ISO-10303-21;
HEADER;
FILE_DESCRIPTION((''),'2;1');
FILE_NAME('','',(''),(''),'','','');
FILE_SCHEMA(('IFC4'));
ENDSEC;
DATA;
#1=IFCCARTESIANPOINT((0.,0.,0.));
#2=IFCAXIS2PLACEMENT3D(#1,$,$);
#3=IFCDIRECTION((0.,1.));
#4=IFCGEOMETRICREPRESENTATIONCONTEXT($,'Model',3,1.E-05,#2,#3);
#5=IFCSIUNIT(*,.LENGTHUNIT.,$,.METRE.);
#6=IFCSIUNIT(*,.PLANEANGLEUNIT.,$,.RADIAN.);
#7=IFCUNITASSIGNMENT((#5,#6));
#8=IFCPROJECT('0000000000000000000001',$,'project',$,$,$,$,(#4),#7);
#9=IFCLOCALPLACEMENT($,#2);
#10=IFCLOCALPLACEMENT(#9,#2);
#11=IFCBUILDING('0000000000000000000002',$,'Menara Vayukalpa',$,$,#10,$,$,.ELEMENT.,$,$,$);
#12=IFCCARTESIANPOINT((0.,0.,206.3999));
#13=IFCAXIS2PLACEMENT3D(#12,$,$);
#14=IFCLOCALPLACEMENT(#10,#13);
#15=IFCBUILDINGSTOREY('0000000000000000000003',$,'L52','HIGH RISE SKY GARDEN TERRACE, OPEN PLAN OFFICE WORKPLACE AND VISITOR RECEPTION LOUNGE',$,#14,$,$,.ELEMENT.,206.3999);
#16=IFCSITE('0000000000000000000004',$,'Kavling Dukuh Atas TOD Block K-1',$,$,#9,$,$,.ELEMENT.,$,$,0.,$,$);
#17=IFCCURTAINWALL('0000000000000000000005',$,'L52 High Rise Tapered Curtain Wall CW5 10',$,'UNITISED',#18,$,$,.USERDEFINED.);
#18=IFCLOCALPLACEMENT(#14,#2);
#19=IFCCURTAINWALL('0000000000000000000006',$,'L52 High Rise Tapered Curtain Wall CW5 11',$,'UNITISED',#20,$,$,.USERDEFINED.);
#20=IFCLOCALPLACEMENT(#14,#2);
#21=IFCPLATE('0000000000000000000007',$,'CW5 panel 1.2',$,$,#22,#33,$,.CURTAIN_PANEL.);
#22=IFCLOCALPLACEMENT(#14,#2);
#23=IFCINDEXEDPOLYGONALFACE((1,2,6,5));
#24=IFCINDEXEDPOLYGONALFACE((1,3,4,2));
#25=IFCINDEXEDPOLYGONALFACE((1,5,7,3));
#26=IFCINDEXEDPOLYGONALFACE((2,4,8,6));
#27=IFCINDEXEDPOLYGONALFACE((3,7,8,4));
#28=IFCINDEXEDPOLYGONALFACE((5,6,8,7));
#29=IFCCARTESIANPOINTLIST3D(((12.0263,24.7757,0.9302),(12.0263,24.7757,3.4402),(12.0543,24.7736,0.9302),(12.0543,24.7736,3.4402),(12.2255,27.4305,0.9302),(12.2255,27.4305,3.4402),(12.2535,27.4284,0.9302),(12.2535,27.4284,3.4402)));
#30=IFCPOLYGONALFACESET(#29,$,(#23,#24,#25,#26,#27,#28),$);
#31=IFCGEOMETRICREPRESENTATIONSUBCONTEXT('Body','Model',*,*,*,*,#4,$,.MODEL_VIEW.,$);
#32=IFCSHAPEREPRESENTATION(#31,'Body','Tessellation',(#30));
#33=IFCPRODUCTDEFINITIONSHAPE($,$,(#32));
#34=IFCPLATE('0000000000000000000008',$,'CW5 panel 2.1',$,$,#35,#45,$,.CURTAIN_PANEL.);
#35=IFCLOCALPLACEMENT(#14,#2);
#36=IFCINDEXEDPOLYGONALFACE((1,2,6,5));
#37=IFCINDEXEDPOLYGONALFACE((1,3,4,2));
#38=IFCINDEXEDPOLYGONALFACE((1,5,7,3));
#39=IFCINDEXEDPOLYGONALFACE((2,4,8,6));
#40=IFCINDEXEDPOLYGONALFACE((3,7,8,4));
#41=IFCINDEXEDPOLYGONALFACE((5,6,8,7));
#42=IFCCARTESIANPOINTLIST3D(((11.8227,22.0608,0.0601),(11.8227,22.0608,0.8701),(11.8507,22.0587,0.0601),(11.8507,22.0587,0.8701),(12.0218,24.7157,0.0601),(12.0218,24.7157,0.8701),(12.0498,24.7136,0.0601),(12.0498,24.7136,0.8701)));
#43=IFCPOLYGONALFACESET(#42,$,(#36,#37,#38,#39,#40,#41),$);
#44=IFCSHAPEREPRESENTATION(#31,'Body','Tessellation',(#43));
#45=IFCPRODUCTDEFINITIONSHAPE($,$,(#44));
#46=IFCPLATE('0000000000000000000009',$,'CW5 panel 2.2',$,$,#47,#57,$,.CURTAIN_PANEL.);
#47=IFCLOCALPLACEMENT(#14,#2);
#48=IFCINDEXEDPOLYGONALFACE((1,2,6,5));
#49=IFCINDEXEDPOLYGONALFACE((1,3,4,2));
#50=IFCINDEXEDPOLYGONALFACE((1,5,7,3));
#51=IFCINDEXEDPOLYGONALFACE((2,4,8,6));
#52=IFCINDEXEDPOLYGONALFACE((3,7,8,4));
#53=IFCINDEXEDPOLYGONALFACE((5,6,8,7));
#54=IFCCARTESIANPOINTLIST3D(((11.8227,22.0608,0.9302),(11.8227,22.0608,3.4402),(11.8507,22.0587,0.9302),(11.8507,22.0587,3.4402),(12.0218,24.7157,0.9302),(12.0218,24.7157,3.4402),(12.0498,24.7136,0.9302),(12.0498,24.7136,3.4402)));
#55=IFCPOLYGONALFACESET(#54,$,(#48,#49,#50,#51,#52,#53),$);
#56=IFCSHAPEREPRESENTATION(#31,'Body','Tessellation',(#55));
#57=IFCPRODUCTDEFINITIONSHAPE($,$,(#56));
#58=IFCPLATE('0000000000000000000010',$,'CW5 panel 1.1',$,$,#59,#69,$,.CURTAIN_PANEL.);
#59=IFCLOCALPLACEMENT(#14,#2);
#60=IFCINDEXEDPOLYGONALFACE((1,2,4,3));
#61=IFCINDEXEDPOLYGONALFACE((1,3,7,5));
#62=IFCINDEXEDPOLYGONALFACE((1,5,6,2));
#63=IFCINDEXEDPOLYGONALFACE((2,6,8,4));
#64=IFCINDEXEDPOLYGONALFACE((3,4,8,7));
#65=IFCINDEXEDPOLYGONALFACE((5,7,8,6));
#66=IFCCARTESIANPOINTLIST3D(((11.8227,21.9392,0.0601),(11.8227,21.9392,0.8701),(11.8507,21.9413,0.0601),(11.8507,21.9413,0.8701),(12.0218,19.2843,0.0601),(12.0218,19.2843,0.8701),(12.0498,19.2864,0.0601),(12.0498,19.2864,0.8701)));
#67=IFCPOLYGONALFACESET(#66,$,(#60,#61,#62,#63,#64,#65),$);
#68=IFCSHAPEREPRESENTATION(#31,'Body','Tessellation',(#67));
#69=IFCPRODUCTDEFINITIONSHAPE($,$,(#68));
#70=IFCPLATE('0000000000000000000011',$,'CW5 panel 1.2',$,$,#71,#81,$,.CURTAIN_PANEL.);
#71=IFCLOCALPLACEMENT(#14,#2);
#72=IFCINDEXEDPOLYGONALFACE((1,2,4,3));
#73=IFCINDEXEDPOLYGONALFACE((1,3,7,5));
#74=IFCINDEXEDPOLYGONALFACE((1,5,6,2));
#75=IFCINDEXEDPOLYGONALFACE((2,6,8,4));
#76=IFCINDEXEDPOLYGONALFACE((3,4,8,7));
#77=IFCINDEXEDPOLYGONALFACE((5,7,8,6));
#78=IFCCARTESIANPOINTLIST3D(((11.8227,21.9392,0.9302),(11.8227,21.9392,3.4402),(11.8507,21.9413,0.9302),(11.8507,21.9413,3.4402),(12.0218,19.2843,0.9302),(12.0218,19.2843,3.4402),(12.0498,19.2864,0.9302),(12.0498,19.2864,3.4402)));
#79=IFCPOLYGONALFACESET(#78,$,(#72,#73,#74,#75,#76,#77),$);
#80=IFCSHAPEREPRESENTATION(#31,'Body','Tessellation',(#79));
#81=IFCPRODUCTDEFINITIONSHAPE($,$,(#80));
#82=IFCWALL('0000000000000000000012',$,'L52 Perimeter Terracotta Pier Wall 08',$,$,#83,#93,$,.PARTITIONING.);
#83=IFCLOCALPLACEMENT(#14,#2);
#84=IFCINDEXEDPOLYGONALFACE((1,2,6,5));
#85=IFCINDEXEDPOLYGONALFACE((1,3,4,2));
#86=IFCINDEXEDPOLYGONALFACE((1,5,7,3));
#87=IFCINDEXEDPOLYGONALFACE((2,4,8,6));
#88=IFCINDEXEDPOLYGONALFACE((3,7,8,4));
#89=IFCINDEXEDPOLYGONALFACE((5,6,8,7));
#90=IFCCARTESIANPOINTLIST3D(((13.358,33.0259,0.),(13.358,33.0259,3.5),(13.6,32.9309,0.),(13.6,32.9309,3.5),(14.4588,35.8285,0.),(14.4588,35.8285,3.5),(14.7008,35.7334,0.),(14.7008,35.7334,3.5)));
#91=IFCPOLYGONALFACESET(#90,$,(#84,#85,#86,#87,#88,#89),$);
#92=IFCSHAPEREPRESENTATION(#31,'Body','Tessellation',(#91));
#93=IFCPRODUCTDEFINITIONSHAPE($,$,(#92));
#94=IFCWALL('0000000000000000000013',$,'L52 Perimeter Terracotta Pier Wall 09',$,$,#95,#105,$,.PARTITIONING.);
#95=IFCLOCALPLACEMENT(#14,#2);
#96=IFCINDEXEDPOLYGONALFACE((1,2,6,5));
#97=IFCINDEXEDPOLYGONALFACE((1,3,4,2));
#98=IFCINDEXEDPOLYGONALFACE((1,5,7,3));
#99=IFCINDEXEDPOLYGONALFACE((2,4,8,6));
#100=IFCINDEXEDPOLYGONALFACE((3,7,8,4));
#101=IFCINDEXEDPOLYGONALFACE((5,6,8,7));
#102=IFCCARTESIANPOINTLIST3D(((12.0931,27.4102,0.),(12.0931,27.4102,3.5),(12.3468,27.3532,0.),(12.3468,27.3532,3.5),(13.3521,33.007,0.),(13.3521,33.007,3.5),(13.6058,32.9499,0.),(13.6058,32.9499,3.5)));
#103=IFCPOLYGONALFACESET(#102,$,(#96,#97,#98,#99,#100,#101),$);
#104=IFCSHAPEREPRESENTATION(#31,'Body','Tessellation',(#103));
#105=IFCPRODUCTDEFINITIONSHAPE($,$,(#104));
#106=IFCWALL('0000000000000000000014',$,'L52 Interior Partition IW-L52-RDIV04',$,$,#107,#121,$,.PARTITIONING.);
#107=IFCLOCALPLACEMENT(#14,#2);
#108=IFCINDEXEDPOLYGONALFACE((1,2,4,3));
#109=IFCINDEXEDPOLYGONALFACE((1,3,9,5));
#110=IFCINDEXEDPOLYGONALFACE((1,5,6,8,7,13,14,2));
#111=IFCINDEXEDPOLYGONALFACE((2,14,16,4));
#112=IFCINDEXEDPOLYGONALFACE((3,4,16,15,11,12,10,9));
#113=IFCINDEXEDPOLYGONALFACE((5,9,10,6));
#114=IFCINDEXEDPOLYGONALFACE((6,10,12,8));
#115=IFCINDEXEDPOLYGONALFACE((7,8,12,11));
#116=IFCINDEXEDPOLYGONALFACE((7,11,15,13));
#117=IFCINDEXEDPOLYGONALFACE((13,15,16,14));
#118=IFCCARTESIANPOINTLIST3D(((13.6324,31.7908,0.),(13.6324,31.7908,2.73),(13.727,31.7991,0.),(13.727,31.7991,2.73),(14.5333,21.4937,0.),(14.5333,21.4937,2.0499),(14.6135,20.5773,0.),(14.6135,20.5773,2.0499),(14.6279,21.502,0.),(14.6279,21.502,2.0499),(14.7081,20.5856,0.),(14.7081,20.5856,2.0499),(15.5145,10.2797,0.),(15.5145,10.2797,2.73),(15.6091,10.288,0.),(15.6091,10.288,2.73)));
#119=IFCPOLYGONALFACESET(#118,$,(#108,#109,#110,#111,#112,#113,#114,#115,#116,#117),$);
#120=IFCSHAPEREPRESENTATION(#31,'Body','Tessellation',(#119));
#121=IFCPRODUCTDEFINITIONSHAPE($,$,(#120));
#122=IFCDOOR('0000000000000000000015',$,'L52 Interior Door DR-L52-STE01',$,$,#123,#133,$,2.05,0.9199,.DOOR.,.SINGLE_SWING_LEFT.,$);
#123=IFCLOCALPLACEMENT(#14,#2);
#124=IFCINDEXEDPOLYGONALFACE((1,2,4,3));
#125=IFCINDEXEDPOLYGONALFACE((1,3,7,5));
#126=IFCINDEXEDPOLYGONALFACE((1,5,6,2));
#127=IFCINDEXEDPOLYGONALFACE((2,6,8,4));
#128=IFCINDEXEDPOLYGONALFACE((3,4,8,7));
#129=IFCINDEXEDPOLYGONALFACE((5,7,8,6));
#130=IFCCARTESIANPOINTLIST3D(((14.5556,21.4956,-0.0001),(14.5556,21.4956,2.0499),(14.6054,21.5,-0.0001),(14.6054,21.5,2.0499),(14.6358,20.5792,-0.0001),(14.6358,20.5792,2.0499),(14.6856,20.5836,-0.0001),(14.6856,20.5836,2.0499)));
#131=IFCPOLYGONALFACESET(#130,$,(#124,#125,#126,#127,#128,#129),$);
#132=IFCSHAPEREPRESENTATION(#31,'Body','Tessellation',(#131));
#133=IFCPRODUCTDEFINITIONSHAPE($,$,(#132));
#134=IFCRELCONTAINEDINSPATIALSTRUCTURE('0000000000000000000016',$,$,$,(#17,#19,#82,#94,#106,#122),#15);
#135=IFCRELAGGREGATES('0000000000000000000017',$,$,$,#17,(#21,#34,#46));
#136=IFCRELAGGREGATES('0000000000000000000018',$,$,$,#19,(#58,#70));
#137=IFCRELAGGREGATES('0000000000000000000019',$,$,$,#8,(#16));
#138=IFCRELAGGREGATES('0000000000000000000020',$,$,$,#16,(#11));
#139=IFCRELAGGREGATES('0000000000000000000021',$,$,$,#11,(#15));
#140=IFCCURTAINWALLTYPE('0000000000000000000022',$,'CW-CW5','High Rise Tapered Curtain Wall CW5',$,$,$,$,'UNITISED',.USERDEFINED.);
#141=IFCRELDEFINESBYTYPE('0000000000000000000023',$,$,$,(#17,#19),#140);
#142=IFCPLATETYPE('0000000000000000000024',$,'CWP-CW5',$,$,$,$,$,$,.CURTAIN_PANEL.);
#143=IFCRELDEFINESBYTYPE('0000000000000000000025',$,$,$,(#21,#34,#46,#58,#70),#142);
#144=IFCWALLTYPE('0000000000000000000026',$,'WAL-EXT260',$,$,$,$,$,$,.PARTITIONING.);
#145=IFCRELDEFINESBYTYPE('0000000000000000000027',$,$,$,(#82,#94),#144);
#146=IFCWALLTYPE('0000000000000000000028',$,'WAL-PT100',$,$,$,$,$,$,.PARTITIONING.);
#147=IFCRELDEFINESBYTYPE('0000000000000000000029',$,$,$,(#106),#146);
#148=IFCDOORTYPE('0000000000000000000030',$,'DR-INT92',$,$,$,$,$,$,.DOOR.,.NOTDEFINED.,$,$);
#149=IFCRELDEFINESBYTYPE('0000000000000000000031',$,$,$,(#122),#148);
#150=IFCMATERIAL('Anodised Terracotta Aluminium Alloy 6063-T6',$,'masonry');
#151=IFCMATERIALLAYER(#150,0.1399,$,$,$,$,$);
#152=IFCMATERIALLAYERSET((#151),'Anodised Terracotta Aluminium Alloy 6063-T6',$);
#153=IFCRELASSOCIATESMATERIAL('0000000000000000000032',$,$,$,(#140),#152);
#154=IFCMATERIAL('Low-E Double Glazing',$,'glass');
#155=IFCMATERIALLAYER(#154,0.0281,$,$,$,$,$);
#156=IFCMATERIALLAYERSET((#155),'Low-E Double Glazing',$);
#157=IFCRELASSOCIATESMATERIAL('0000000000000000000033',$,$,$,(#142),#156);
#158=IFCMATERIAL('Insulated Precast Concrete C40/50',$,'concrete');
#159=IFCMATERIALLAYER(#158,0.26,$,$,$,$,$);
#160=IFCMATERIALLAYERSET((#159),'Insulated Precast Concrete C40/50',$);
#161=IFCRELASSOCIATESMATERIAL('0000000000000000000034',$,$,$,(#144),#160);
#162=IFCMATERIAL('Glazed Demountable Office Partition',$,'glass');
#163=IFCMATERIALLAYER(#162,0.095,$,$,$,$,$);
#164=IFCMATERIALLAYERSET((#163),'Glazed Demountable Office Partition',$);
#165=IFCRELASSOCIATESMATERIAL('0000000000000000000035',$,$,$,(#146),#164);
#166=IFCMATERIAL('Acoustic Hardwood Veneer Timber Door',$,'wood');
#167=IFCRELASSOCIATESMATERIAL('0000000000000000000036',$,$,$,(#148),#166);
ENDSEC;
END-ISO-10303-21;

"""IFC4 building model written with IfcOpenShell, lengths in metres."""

from ifc_helpers import new_model, si_unit, direction, frame, frame_2d, origin, origin_2d, place, context, subcontext, project, spatial, rectangle, extrude, material, layer, layer_set, type_object, element, fill, aggregate, save


model = new_model("IFC4")

# Units and contexts
model_context = context("Model", 3, precision=1e-05, world=origin(), true_north=direction((0.0, 1.0)))
body_context = subcontext(model_context, "Body", "Model", "MODEL_VIEW")
ifc_project = project(units=[si_unit("LENGTHUNIT", "METRE"), si_unit("PLANEANGLEUNIT", "RADIAN")], contexts=[model_context])

# Site, building, storey
site_placement = place(None, origin())
site = spatial("IfcSite", under=ifc_project, at=site_placement, Name="Kavling Dukuh Atas TOD Block K-1", CompositionType="ELEMENT", RefElevation=0.0)
building_placement = place(site_placement, origin())
building = spatial("IfcBuilding", under=site, at=building_placement, Name="Menara Vayukalpa", CompositionType="ELEMENT")
storey_placement = place(building_placement, frame((0.0, 0.0, 206.3999)))
storey = spatial("IfcBuildingStorey", under=building, at=storey_placement, Name="L52", Description="HIGH RISE SKY GARDEN TERRACE, OPEN PLAN OFFICE WORKPLACE AND VISITOR RECEPTION LOUNGE", CompositionType="ELEMENT", Elevation=206.3999)

# Curtain walls
ifc_material_1 = material(Name="Anodised Terracotta Aluminium Alloy 6063-T6", Category="masonry")
ifc_layer_1 = layer(ifc_material_1, 0.1399)
ifc_layer_set_1 = layer_set([ifc_layer_1], Name="Anodised Terracotta Aluminium Alloy 6063-T6")
curtain_wall_type = type_object("IfcCurtainWallType", Name="CW-CW5", Description="High Rise Tapered Curtain Wall CW5", ElementType="UNITISED", PredefinedType="USERDEFINED", material=ifc_layer_set_1)
curtain_wall_1_placement = place(storey_placement, origin())
curtain_wall_1 = element("IfcCurtainWall", 1, at=curtain_wall_1_placement, inside=storey, type_object=curtain_wall_type, Name="L52 High Rise Tapered Curtain Wall CW5 10", ObjectType="UNITISED", PredefinedType="USERDEFINED")
curtain_wall_2_placement = place(storey_placement, origin())
curtain_wall_2 = element("IfcCurtainWall", 2, at=curtain_wall_2_placement, inside=storey, type_object=curtain_wall_type, Name="L52 High Rise Tapered Curtain Wall CW5 11", ObjectType="UNITISED", PredefinedType="USERDEFINED")

# Plates
ifc_material_2 = material(Name="Low-E Double Glazing", Category="glass")
ifc_layer_2 = layer(ifc_material_2, 0.0281)
ifc_layer_set_2 = layer_set([ifc_layer_2], Name="Low-E Double Glazing")
plate_type = type_object("IfcPlateType", Name="CWP-CW5", PredefinedType="CURTAIN_PANEL", material=ifc_layer_set_2)
plate_1_placement = place(storey_placement, frame((12.1399, 26.1021, 0.9302), z_axis=(0.0, 0.0, 1.0), x_axis=(-0.074792, -0.997199, 0.0)))
plate_1 = element("IfcPlate", 3, at=plate_1_placement, type_object=plate_type, Name="CW5 panel 1.2", PredefinedType="CURTAIN_PANEL", context=body_context, shape_type="SweptSolid", body=[
    extrude(rectangle(XDim=2.6624, YDim=0.0281, at=origin_2d()), origin(), (0.0, 0.0, 1.0), 2.51),
])
plate_2_placement = place(storey_placement, frame((11.9363, 23.3872, 0.0601), z_axis=(0.0, 0.0, 1.0), x_axis=(-0.074792, -0.997199, 0.0)))
plate_2 = element("IfcPlate", 4, at=plate_2_placement, type_object=plate_type, Name="CW5 panel 2.1", PredefinedType="CURTAIN_PANEL", context=body_context, shape_type="SweptSolid", body=[
    extrude(rectangle(XDim=2.6624, YDim=0.0281, at=origin_2d()), origin(), (0.0, 0.0, 1.0), 0.8101),
])
plate_3_placement = place(storey_placement, frame((11.9363, 23.3872, 0.9302), z_axis=(0.0, 0.0, 1.0), x_axis=(-0.074792, -0.997199, 0.0)))
plate_3 = element("IfcPlate", 5, at=plate_3_placement, type_object=plate_type, Name="CW5 panel 2.2", PredefinedType="CURTAIN_PANEL", context=body_context, shape_type="SweptSolid", body=[
    extrude(rectangle(XDim=2.6624, YDim=0.0281, at=origin_2d()), origin(), (0.0, 0.0, 1.0), 2.51),
])
aggregate(curtain_wall_1, [plate_1, plate_2, plate_3])
plate_4_placement = place(storey_placement, frame((11.9363, 20.6128, 0.0601), z_axis=(0.0, 0.0, 1.0), x_axis=(0.074792, -0.997199, 0.0)))
plate_4 = element("IfcPlate", 6, at=plate_4_placement, type_object=plate_type, Name="CW5 panel 1.1", PredefinedType="CURTAIN_PANEL", context=body_context, shape_type="SweptSolid", body=[
    extrude(rectangle(XDim=2.6624, YDim=0.0281, at=origin_2d()), origin(), (0.0, 0.0, 1.0), 0.8101),
])
plate_5_placement = place(storey_placement, frame((11.9363, 20.6128, 0.9302), z_axis=(0.0, 0.0, 1.0), x_axis=(0.074792, -0.997199, 0.0)))
plate_5 = element("IfcPlate", 7, at=plate_5_placement, type_object=plate_type, Name="CW5 panel 1.2", PredefinedType="CURTAIN_PANEL", context=body_context, shape_type="SweptSolid", body=[
    extrude(rectangle(XDim=2.6624, YDim=0.0281, at=origin_2d()), origin(), (0.0, 0.0, 1.0), 2.51),
])
aggregate(curtain_wall_2, [plate_4, plate_5])

# Walls
ifc_material_3 = material(Name="Insulated Precast Concrete C40/50", Category="concrete")
ifc_layer_3 = layer(ifc_material_3, 0.26)
ifc_layer_set_3 = layer_set([ifc_layer_3], Name="Insulated Precast Concrete C40/50")
wall_type_1 = type_object("IfcWallType", Name="WAL-EXT260", PredefinedType="PARTITIONING", material=ifc_layer_set_3)
wall_1_placement = place(storey_placement, frame((13.479, 32.9785, 0.0), z_axis=(0.0, 0.0, 1.0), x_axis=(0.36561, 0.930768, 0.0)))
element("IfcWall", 8, at=wall_1_placement, inside=storey, type_object=wall_type_1, Name="L52 Perimeter Terracotta Pier Wall 08", PredefinedType="PARTITIONING", context=body_context, shape_type="SweptSolid", body=[
    extrude(rectangle(XDim=3.011, YDim=0.26, at=frame_2d((1.5054, 0.0))), origin(), (0.0, 0.0, 1.0), 3.5),
])
wall_2_placement = place(storey_placement, frame((12.22, 27.3818, 0.0), z_axis=(0.0, 0.0, 1.0), x_axis=(0.219476, 0.975618, 0.0)))
element("IfcWall", 9, at=wall_2_placement, inside=storey, type_object=wall_type_1, Name="L52 Perimeter Terracotta Pier Wall 09", PredefinedType="PARTITIONING", context=body_context, shape_type="SweptSolid", body=[
    extrude(rectangle(XDim=5.7366, YDim=0.26, at=frame_2d((2.8682, 0.0))), origin(), (0.0, 0.0, 1.0), 3.5),
])

# Wall, opening, door
ifc_material_4 = material(Name="Glazed Demountable Office Partition", Category="glass")
ifc_layer_4 = layer(ifc_material_4, 0.095)
ifc_layer_set_4 = layer_set([ifc_layer_4], Name="Glazed Demountable Office Partition")
wall_type_2 = type_object("IfcWallType", Name="WAL-PT100", PredefinedType="PARTITIONING", material=ifc_layer_set_4)
wall_3_placement = place(storey_placement, frame((13.6797, 31.7949, 0.0), z_axis=(0.0, 0.0, 1.0), x_axis=(0.087161, -0.996194, 0.0)))
wall_3 = element("IfcWall", 10, at=wall_3_placement, inside=storey, type_object=wall_type_2, Name="L52 Interior Partition IW-L52-RDIV04", PredefinedType="PARTITIONING", context=body_context, shape_type="SweptSolid", body=[
    extrude(rectangle(XDim=21.5933, YDim=0.095, at=frame_2d((10.7966, 0.0))), origin(), (0.0, 0.0, 1.0), 2.73),
])
opening_placement = place(wall_3_placement, frame((10.3364, 0.0, 0.0)))
opening = element("IfcOpeningElement", 11, at=opening_placement, cuts=wall_3, PredefinedType="OPENING", context=body_context, shape_type="SweptSolid", body=[
    extrude(rectangle(XDim=0.9199, YDim=2.05, at=frame_2d((0.46, 1.0249))), frame((0.0, 0.0574, 0.0), z_axis=(0.0, -1.0, 0.0), x_axis=(1.0, 0.0, 0.0)), (0.0, 0.0, 1.0), 0.115),
])
ifc_material_5 = material(Name="Acoustic Hardwood Veneer Timber Door", Category="wood")
door_type = type_object("IfcDoorType", Name="DR-INT92", OperationType="NOTDEFINED", PredefinedType="DOOR", material=ifc_material_5)
door_placement = place(opening_placement, origin())
door = element("IfcDoor", 12, at=door_placement, inside=storey, type_object=door_type, Name="L52 Interior Door DR-L52-STE01", OperationType="SINGLE_SWING_LEFT", OverallHeight=2.05, OverallWidth=0.9199, PredefinedType="DOOR", context=body_context, shape_type="SweptSolid", body=[
    extrude(rectangle(XDim=0.9199, YDim=2.05, at=frame_2d((0.46, 1.0249))), frame((0.0, 0.0249, 0.0), z_axis=(0.0, -1.0, 0.0), x_axis=(1.0, 0.0, 0.0)), (0.0, 0.0, 1.0), 0.05),
])
fill(opening, door)

save(model, "model.ifc")
